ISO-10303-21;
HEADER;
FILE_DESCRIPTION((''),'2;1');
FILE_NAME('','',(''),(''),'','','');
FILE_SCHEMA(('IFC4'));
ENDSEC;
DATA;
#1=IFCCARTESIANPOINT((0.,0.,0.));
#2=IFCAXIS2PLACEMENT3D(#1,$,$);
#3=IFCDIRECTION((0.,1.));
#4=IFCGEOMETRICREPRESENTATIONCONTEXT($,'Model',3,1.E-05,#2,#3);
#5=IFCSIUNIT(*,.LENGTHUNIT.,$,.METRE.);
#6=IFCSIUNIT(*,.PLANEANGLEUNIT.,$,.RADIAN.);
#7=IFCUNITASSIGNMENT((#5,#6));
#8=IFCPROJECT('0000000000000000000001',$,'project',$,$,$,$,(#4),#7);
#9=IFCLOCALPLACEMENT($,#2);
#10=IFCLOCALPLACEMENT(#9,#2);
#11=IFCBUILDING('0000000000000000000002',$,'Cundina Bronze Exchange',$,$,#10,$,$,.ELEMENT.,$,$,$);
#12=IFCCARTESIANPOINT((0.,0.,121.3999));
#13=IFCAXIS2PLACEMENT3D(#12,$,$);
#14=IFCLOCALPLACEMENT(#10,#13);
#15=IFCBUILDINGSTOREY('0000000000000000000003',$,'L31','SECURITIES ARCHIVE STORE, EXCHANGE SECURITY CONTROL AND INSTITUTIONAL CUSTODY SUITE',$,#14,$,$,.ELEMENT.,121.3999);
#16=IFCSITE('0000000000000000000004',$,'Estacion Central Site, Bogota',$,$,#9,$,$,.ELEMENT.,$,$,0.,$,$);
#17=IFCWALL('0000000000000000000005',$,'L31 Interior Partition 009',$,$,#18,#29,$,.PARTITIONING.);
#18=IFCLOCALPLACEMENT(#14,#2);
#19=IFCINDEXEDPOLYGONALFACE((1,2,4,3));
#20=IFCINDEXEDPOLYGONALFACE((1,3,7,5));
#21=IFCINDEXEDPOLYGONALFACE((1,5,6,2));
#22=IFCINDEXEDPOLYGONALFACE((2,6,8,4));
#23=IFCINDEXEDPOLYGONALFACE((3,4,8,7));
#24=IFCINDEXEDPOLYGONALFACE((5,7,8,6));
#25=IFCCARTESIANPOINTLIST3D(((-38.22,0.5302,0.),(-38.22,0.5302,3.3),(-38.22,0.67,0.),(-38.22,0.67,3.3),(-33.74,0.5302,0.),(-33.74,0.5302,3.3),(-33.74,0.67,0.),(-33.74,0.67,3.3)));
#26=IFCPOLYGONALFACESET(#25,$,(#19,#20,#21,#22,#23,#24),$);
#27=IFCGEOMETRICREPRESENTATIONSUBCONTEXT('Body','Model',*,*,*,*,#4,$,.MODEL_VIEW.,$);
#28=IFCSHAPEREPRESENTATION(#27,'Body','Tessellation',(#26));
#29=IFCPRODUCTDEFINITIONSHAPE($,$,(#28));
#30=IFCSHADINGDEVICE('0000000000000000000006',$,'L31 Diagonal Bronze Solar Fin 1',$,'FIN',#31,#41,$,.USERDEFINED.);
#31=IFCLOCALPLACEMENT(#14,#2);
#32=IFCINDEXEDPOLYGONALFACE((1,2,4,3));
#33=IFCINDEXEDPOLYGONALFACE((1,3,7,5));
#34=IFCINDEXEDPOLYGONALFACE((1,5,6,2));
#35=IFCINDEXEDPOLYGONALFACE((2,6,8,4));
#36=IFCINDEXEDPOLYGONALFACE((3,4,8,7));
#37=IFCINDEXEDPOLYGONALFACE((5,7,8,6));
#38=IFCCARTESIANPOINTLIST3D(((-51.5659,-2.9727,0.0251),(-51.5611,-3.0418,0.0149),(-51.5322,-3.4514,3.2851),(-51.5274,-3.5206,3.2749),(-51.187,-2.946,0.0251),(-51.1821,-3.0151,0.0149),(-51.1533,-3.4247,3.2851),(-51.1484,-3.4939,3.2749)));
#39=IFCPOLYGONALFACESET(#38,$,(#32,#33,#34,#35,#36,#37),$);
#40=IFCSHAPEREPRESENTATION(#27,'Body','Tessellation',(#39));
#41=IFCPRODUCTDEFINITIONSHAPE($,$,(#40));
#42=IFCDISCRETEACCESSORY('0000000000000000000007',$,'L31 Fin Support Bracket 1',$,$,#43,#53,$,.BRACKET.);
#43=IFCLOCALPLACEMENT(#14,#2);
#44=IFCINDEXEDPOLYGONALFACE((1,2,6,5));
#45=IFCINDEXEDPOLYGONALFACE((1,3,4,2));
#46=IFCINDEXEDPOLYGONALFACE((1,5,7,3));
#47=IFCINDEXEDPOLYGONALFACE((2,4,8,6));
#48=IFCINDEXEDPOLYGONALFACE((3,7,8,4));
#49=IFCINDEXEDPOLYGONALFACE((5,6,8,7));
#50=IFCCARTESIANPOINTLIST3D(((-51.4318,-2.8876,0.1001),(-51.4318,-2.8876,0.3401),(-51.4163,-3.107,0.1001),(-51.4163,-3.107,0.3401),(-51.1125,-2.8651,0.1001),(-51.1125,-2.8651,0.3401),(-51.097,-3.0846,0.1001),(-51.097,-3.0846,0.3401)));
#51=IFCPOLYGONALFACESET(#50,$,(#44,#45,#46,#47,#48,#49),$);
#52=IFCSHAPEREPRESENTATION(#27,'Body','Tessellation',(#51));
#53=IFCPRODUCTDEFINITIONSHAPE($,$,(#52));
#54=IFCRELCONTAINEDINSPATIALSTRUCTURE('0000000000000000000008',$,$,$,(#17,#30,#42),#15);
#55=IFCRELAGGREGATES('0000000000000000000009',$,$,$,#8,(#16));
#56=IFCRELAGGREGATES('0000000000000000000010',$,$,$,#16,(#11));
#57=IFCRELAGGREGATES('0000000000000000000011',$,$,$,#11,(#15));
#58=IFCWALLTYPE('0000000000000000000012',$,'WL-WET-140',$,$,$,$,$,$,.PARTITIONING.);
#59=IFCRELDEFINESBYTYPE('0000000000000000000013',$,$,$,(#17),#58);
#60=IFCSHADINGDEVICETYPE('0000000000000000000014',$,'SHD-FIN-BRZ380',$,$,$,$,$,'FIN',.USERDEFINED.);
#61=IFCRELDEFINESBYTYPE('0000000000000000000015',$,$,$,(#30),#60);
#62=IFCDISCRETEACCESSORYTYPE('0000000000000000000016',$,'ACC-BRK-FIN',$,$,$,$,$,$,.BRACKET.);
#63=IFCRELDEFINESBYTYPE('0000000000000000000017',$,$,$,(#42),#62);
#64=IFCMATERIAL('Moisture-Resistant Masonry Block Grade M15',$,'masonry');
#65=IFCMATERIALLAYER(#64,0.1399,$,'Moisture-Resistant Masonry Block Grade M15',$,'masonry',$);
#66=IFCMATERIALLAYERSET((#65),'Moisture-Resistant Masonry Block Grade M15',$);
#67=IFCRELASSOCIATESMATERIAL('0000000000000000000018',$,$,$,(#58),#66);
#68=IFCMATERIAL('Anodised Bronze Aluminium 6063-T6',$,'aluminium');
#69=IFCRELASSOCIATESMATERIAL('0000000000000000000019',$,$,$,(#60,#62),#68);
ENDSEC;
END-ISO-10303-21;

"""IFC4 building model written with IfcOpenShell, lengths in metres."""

from ifc_helpers import new_model, si_unit, direction, frame, frame_2d, origin, origin_2d, place, context, subcontext, project, spatial, rectangle, extrude, material, layer, layer_set, material_profile, profile_set, type_object, element, save


model = new_model("IFC4")

# Units and contexts
model_context = context("Model", 3, precision=1e-05, world=origin(), true_north=direction((0.0, 1.0)))
body_context = subcontext(model_context, "Body", "Model", "MODEL_VIEW")
ifc_project = project(units=[si_unit("LENGTHUNIT", "METRE"), si_unit("PLANEANGLEUNIT", "RADIAN")], contexts=[model_context])

# Site, building, storey
site_placement = place(None, origin())
site = spatial("IfcSite", under=ifc_project, at=site_placement, Name="Estacion Central Site, Bogota", CompositionType="ELEMENT", RefElevation=0.0)
building_placement = place(site_placement, origin())
building = spatial("IfcBuilding", under=site, at=building_placement, Name="Cundina Bronze Exchange", CompositionType="ELEMENT")
storey_placement = place(building_placement, frame((0.0, 0.0, 121.3999)))
storey = spatial("IfcBuildingStorey", under=building, at=storey_placement, Name="L31", Description="SECURITIES ARCHIVE STORE, EXCHANGE SECURITY CONTROL AND INSTITUTIONAL CUSTODY SUITE", CompositionType="ELEMENT", Elevation=121.3999)

# Shared definitions
ifc_material_1 = material(Name="Anodised Bronze Aluminium 6063-T6", Category="aluminium")

# Wall
ifc_material_2 = material(Name="Moisture-Resistant Masonry Block Grade M15", Category="masonry")
ifc_layer_1 = layer(ifc_material_2, 0.1399, Name="Moisture-Resistant Masonry Block Grade M15", Category="masonry")
ifc_layer_set_1 = layer_set([ifc_layer_1], Name="Moisture-Resistant Masonry Block Grade M15")
wall_type_1 = type_object("IfcWallType", Name="WL-WET-140", PredefinedType="PARTITIONING", material=ifc_layer_set_1)
wall_1_placement = place(storey_placement, frame((-38.22, 0.6001, 0.0), z_axis=(0.0, 0.0, 1.0), x_axis=(1.0, 0.0, 0.0)))
element("IfcWall", 1, at=wall_1_placement, inside=storey, type_object=wall_type_1, Name="L31 Interior Partition 009", PredefinedType="PARTITIONING", context=body_context, shape_type="SweptSolid", body=[
    extrude(rectangle(XDim=4.48, YDim=0.1399, at=frame_2d((2.24, 0.0))), origin(), (0.0, 0.0, 1.0), 3.3),
])

# Shading device
ifc_material_profile_1 = material_profile(ifc_material_1, rectangle(XDim=0.0701, YDim=0.3799, at=origin_2d()), Name="FIN70X380", Category="aluminium")
ifc_profile_set_1 = profile_set([ifc_material_profile_1], Name="Anodised Bronze Aluminium 6063-T6")
shading_device_type = type_object("IfcShadingDeviceType", Name="SHD-FIN-BRZ380", ElementType="FIN", PredefinedType="USERDEFINED", material=ifc_profile_set_1)
shading_device_placement = place(storey_placement, frame((-51.374, -2.9939, 0.02), z_axis=(0.010225, -0.145292, 0.989336), x_axis=(-0.06945, 0.986895, 0.145652)))
element("IfcShadingDevice", 2, at=shading_device_placement, inside=storey, type_object=shading_device_type, Name="L31 Diagonal Bronze Solar Fin 1", ObjectType="FIN", PredefinedType="USERDEFINED", context=body_context, shape_type="SweptSolid", body=[
    extrude(rectangle(XDim=0.0701, YDim=0.3799, at=origin_2d()), origin(), (0.0, 0.0, 1.0), 3.2952),
])

# Discrete accessory
discrete_accessory_type = type_object("IfcDiscreteAccessoryType", Name="ACC-BRK-FIN", PredefinedType="BRACKET", material=ifc_material_1)
discrete_accessory_placement = place(storey_placement, frame((-51.2644, -2.9861, 0.1001), z_axis=(0.0, 0.0, 1.0), x_axis=(0.070279, -0.997527, 0.0)))
element("IfcDiscreteAccessory", 3, at=discrete_accessory_placement, inside=storey, type_object=discrete_accessory_type, Name="L31 Fin Support Bracket 1", PredefinedType="BRACKET", context=body_context, shape_type="SweptSolid", body=[
    extrude(rectangle(XDim=0.22, YDim=0.3201, at=origin_2d()), origin(), (0.0, 0.0, 1.0), 0.24),
])

save(model, "model.ifc")
